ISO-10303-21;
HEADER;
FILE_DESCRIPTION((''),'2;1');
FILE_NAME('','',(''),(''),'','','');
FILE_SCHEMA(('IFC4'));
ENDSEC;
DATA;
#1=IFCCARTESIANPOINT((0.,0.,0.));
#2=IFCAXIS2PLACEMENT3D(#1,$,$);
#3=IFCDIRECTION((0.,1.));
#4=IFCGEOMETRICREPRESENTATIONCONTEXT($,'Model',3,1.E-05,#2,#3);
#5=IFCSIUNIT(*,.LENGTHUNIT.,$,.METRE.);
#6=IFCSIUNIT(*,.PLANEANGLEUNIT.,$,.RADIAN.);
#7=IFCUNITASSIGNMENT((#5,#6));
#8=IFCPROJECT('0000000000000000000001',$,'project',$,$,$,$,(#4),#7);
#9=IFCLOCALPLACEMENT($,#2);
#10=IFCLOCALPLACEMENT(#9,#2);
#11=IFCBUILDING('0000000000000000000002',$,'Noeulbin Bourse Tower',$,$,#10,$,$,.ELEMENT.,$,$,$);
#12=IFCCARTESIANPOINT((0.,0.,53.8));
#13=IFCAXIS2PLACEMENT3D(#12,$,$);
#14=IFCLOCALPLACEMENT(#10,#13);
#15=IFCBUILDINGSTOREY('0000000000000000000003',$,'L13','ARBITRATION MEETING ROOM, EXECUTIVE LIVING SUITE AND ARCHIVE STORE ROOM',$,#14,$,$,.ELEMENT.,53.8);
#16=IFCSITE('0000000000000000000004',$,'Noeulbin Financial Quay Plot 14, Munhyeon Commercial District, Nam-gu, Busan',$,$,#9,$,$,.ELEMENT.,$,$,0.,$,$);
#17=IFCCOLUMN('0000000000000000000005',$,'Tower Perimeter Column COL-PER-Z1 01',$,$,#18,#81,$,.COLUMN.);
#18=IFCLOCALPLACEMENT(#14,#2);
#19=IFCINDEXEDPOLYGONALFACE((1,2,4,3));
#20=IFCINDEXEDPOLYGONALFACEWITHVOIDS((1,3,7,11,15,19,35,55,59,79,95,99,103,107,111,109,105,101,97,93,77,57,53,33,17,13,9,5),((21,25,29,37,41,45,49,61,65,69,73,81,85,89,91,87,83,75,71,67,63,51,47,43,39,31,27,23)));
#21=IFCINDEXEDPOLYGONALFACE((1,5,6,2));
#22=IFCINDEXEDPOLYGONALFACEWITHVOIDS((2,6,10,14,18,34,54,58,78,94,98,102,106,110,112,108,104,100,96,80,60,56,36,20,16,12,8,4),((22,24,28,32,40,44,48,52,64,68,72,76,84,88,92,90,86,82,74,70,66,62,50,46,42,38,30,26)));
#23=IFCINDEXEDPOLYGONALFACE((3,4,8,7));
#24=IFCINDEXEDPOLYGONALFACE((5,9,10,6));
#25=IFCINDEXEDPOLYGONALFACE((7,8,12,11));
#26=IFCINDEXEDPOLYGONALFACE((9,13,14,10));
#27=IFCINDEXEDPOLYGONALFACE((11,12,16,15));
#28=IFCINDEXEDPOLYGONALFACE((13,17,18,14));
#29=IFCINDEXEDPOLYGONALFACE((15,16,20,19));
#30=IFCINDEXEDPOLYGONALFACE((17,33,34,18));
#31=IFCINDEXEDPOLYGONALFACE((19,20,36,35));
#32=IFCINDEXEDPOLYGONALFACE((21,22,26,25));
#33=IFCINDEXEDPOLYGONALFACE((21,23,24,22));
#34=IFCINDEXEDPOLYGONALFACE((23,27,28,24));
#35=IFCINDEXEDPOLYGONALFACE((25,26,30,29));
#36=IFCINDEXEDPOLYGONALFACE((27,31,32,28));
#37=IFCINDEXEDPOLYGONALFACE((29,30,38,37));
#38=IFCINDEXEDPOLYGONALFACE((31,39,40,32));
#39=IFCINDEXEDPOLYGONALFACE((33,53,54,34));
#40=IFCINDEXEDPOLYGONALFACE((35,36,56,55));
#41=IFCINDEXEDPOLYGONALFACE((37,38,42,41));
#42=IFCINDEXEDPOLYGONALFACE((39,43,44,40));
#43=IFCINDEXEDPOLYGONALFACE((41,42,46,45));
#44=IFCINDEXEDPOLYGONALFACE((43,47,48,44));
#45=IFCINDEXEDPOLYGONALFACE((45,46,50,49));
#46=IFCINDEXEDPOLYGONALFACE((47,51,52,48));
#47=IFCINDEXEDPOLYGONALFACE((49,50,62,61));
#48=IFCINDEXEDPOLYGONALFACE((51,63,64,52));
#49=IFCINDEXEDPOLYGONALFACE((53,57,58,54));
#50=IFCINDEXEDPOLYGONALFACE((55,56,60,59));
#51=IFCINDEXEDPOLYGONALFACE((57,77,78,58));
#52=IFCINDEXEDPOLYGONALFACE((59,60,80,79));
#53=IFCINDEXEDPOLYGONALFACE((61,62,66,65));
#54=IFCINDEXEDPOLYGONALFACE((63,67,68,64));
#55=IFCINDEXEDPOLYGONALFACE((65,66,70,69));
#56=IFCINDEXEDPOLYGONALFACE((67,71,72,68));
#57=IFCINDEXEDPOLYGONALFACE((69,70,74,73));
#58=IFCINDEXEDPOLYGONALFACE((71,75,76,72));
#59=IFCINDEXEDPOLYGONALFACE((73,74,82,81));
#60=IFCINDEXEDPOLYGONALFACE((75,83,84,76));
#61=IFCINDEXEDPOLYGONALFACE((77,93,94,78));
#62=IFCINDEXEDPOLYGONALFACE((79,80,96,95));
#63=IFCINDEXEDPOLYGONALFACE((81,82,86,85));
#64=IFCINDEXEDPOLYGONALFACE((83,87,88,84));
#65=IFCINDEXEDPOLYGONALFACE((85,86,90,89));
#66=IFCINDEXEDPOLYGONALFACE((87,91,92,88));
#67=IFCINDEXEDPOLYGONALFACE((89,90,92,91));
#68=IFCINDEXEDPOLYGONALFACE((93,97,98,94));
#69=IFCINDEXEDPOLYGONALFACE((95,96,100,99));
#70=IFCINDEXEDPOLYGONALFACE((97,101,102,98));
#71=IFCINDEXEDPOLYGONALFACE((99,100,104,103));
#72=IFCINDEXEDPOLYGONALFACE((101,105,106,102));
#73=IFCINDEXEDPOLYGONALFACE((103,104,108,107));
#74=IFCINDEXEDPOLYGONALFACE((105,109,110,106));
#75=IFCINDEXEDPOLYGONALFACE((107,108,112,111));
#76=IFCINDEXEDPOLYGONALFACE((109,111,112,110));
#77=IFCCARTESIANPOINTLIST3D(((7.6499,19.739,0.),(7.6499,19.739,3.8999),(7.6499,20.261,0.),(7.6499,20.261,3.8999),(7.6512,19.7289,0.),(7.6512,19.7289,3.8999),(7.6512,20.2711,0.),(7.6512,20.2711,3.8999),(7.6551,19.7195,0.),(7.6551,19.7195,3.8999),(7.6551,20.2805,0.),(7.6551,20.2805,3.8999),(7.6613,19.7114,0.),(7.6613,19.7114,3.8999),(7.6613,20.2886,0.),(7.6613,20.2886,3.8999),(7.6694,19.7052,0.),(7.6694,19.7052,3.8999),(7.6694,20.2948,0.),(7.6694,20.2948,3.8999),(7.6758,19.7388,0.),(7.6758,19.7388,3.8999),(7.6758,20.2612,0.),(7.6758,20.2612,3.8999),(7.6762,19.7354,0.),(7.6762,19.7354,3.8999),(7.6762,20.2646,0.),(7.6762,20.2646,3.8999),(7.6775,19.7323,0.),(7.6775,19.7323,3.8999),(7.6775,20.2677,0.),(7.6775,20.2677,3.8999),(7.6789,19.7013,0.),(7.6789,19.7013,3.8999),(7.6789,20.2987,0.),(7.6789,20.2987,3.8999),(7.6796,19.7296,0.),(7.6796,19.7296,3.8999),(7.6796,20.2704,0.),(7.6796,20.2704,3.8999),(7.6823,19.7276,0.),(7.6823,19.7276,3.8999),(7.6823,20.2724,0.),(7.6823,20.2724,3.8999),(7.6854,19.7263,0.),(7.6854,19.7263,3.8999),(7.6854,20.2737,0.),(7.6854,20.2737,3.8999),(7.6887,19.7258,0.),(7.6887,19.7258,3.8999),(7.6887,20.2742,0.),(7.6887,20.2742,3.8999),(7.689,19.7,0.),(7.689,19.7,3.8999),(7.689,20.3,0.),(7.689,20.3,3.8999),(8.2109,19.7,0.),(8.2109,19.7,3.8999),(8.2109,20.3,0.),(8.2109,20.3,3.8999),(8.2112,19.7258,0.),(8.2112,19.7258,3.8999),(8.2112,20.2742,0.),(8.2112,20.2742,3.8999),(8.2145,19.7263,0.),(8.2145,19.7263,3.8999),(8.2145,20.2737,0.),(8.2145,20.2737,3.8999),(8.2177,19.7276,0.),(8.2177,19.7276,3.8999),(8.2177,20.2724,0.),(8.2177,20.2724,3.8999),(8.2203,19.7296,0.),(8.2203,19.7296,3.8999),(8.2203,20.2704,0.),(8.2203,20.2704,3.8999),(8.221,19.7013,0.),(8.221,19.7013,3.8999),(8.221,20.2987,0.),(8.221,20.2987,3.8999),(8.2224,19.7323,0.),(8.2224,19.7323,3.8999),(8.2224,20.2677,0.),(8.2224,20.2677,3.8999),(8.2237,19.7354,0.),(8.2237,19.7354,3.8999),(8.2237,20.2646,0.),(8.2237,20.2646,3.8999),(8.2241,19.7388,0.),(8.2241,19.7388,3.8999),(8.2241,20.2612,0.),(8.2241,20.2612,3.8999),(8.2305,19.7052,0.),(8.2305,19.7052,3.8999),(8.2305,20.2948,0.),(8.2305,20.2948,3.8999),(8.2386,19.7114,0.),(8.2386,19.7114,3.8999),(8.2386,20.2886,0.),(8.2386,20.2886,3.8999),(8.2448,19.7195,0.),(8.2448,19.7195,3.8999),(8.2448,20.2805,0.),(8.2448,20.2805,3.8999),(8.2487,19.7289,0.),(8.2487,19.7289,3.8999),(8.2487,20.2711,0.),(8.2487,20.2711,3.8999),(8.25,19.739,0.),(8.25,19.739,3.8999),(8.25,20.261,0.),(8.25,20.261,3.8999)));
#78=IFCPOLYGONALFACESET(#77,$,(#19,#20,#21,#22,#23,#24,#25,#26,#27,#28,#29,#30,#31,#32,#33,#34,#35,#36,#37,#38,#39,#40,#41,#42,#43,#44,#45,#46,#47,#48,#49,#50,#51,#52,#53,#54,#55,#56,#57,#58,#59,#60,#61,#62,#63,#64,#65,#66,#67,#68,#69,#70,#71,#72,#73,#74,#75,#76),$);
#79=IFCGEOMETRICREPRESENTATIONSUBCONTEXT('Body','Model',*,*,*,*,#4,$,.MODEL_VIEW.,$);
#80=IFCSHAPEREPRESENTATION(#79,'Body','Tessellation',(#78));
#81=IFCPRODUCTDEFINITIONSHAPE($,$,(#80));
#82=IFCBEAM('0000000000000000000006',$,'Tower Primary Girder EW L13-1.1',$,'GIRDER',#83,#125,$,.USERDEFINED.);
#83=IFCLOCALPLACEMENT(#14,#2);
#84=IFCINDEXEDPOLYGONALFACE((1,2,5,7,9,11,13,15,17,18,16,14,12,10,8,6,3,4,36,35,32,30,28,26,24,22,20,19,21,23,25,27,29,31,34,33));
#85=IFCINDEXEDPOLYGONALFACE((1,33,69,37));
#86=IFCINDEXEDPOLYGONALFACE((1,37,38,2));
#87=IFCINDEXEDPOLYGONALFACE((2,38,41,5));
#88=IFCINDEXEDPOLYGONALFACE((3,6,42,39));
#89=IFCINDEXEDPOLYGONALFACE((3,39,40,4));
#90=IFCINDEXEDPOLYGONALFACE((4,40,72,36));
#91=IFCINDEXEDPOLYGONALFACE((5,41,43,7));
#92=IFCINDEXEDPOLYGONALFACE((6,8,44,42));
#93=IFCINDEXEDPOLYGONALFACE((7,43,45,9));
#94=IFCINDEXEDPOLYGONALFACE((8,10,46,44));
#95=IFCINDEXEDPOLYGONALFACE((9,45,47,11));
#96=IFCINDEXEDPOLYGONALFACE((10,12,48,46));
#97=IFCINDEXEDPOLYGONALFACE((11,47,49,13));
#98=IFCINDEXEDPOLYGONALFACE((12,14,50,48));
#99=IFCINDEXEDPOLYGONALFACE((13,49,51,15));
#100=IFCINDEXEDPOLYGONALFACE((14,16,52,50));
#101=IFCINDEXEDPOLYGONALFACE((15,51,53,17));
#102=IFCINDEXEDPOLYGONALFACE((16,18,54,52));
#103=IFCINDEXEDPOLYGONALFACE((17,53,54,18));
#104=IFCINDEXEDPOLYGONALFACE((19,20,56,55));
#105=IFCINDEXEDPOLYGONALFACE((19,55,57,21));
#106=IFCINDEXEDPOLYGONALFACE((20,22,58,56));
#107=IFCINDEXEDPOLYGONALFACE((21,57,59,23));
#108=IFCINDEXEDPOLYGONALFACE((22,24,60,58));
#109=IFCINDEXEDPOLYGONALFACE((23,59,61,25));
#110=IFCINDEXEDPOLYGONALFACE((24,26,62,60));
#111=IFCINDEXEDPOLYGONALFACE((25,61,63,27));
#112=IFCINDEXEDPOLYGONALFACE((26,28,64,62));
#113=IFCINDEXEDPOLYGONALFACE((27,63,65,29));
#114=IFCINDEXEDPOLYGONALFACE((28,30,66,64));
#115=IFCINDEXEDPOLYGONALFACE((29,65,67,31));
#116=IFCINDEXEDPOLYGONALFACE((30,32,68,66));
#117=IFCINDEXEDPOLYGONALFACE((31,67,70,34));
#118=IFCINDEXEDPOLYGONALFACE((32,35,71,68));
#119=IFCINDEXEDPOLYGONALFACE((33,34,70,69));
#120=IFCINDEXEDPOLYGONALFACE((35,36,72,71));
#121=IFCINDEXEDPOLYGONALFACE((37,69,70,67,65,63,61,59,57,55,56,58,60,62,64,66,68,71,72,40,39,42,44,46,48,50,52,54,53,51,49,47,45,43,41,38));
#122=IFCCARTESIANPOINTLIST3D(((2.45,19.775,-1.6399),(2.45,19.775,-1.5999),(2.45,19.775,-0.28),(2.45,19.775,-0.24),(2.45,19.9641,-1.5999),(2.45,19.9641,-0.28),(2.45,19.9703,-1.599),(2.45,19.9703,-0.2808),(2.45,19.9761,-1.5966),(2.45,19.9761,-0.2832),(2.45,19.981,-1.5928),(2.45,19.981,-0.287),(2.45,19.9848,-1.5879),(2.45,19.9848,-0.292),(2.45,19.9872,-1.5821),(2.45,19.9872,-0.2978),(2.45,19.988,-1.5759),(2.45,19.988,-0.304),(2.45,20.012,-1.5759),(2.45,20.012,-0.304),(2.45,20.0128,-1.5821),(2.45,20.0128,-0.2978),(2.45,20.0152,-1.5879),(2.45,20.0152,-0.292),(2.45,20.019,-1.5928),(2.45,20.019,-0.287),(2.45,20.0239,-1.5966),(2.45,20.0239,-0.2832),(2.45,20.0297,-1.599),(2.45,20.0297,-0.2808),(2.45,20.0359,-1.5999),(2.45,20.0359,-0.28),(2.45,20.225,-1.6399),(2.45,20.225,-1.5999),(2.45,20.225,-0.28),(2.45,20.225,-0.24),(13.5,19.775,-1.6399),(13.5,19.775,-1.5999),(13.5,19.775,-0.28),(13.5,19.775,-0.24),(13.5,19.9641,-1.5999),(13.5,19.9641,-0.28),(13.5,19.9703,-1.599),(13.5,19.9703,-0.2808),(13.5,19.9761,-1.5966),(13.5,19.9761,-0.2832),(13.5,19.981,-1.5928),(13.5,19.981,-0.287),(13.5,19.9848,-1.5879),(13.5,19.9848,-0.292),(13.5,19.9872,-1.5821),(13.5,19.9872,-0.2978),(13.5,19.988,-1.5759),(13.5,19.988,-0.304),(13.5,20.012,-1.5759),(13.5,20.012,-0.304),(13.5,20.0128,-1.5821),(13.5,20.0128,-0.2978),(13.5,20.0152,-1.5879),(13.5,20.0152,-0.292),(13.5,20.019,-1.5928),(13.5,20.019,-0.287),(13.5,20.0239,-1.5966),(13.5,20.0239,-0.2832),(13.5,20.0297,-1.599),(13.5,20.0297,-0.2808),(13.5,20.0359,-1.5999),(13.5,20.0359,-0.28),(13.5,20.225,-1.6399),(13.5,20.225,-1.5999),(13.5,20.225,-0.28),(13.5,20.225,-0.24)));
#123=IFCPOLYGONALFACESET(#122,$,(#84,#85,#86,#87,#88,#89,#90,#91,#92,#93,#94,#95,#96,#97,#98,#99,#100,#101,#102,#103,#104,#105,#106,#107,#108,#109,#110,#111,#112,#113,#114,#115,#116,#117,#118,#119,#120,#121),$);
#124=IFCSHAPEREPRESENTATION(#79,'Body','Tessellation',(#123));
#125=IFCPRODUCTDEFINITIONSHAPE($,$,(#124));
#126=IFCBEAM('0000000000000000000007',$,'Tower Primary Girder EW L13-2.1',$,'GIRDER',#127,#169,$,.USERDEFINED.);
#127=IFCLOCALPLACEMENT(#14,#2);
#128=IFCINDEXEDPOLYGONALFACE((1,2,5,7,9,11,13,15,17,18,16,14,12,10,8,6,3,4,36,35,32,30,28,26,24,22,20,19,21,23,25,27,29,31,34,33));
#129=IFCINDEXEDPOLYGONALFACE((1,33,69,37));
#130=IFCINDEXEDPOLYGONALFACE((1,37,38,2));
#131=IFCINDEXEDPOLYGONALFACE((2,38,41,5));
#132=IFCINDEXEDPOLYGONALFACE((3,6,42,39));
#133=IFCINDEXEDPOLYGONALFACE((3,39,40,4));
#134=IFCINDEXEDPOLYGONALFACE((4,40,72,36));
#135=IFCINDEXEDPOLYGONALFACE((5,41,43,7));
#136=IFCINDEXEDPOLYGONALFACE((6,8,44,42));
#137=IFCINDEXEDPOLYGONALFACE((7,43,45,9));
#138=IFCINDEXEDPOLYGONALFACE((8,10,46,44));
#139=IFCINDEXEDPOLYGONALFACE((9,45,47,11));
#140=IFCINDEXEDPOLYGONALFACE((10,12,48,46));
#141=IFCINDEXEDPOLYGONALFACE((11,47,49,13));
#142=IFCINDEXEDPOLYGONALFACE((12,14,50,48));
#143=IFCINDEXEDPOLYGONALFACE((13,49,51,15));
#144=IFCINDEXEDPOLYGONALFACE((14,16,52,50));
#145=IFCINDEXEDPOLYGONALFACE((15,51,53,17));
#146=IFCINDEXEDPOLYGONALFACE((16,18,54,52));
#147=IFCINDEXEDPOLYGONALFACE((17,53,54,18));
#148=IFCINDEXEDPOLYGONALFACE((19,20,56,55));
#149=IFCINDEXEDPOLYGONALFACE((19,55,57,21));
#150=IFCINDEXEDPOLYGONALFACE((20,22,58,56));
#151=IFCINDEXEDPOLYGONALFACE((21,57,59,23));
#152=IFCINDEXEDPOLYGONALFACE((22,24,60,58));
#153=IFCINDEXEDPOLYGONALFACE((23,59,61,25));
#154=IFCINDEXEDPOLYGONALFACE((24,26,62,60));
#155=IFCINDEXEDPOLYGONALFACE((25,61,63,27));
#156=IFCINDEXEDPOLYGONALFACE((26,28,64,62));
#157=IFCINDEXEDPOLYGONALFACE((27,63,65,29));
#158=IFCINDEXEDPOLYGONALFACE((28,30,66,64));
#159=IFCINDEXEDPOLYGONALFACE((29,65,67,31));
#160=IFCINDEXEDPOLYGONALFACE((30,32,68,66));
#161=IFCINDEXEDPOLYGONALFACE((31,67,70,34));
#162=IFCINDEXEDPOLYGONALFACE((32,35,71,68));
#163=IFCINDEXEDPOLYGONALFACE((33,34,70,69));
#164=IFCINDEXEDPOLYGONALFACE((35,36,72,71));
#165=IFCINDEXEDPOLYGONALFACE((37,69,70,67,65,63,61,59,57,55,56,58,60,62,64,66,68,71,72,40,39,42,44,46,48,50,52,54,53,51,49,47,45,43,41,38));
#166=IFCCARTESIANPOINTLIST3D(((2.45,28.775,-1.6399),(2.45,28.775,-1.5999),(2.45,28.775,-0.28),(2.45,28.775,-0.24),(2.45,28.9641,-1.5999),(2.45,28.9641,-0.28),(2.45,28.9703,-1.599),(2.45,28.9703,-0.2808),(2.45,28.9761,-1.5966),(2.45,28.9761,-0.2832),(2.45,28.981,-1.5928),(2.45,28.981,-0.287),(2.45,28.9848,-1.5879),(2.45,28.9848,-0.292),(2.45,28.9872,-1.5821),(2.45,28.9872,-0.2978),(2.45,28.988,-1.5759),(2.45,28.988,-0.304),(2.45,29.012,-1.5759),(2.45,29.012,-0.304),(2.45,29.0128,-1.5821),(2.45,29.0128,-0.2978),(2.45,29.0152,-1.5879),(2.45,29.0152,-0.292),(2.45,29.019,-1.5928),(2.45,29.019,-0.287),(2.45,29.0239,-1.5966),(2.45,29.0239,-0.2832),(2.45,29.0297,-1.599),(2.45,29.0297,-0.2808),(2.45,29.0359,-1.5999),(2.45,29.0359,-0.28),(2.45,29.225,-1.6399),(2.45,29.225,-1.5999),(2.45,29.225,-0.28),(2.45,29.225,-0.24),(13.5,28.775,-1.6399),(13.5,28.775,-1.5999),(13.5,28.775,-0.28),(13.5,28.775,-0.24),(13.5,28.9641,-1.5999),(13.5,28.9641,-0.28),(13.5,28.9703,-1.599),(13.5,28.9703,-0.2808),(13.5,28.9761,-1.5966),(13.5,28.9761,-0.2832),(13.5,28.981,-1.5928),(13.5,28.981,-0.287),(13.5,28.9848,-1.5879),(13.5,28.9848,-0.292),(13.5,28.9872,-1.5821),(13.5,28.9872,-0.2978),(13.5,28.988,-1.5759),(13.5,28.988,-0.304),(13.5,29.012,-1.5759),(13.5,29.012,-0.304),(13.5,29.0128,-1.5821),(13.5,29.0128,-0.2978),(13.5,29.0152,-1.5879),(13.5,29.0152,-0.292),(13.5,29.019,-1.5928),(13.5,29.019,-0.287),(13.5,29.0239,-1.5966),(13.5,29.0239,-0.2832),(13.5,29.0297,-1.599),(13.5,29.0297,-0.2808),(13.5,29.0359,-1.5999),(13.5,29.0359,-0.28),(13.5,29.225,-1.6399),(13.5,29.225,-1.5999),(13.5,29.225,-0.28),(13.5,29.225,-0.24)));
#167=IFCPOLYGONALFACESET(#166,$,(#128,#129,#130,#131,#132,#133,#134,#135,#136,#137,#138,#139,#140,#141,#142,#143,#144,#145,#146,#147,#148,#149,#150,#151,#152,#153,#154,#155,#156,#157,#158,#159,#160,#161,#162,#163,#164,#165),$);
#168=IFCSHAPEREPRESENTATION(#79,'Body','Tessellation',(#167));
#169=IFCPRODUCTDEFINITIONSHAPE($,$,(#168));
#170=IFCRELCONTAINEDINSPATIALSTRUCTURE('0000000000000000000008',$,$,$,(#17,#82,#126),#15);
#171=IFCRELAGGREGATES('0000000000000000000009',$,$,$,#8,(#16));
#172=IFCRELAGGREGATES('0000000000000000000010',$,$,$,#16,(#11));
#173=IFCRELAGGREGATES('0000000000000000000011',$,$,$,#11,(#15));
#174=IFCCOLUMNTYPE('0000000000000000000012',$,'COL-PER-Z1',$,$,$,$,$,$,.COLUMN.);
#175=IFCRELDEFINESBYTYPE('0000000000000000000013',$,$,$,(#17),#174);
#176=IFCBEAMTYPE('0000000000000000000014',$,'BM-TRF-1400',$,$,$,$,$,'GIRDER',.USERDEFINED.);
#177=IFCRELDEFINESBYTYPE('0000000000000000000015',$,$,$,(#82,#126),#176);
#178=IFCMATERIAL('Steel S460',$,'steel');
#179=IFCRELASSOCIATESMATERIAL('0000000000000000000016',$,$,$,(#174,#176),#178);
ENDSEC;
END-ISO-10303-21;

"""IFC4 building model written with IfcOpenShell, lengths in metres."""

from ifc_helpers import new_model, si_unit, direction, frame, origin, origin_2d, place, context, subcontext, project, spatial, hollow_rectangle, i_section, extrude, material, material_profile, profile_set, type_object, element, save


model = new_model("IFC4")

# Units and contexts
model_context = context("Model", 3, precision=1e-05, world=origin(), true_north=direction((0.0, 1.0)))
body_context = subcontext(model_context, "Body", "Model", "MODEL_VIEW")
ifc_project = project(units=[si_unit("LENGTHUNIT", "METRE"), si_unit("PLANEANGLEUNIT", "RADIAN")], contexts=[model_context])

# Site, building, storey
site_placement = place(None, origin())
site = spatial("IfcSite", under=ifc_project, at=site_placement, Name="Noeulbin Financial Quay Plot 14, Munhyeon Commercial District, Nam-gu, Busan", CompositionType="ELEMENT", RefElevation=0.0)
building_placement = place(site_placement, origin())
building = spatial("IfcBuilding", under=site, at=building_placement, Name="Noeulbin Bourse Tower", CompositionType="ELEMENT")
storey_placement = place(building_placement, frame((0.0, 0.0, 53.8)))
storey = spatial("IfcBuildingStorey", under=building, at=storey_placement, Name="L13", Description="ARBITRATION MEETING ROOM, EXECUTIVE LIVING SUITE AND ARCHIVE STORE ROOM", CompositionType="ELEMENT", Elevation=53.8)

# Column
ifc_material_1 = material(Name="Steel S460", Category="steel")
ifc_material_profile_1 = material_profile(ifc_material_1, hollow_rectangle(XDim=0.6001, YDim=0.6001, WallThickness=0.0259, InnerFilletRadius=0.0129, OuterFilletRadius=0.0391, at=origin_2d()), Name="BOX-600x600x26", Category="LoadBearing")
ifc_profile_set_1 = profile_set([ifc_material_profile_1], Name="Steel S460")
column_type = type_object("IfcColumnType", Name="COL-PER-Z1", PredefinedType="COLUMN", material=ifc_profile_set_1)
column_placement = place(storey_placement, frame((7.95, 20.0, 0.0), z_axis=(0.0, 0.0, 1.0), x_axis=(1.0, 0.0, 0.0)))
element("IfcColumn", 1, at=column_placement, inside=storey, type_object=column_type, Name="Tower Perimeter Column COL-PER-Z1 01", PredefinedType="COLUMN", context=body_context, shape_type="SweptSolid", body=[
    extrude(hollow_rectangle(XDim=0.6001, YDim=0.6001, WallThickness=0.0259, InnerFilletRadius=0.0129, OuterFilletRadius=0.0391, at=origin_2d()), origin(), (0.0, 0.0, 1.0), 3.8999),
])

# Beams
ifc_material_profile_2 = material_profile(ifc_material_1, i_section(OverallWidth=0.45, OverallDepth=1.3999, WebThickness=0.0239, FlangeThickness=0.04, FilletRadius=0.0239, at=origin_2d()), Name="PG-1400x450x24x40", Category="LoadBearing")
ifc_profile_set_2 = profile_set([ifc_material_profile_2], Name="Steel S460")
beam_type = type_object("IfcBeamType", Name="BM-TRF-1400", ElementType="GIRDER", PredefinedType="USERDEFINED", material=ifc_profile_set_2)
for number, where, z_axis, x_axis, name in (
    (2, (2.45, 20.0, -0.9399), (1.0, 0.0, 0.0), (0.0, 1.0, 0.0), "Tower Primary Girder EW L13-1.1"),
    (3, (2.45, 29.0, -0.9399), (1.0, 0.0, 0.0), (0.0, 1.0, 0.0), "Tower Primary Girder EW L13-2.1"),
):
    element("IfcBeam", number, at=place(storey_placement, frame(where, z_axis=z_axis, x_axis=x_axis)), inside=storey, type_object=beam_type, Name=name, ObjectType="GIRDER", PredefinedType="USERDEFINED", context=body_context, shape_type="SweptSolid", body=[
        extrude(i_section(OverallWidth=0.45, OverallDepth=1.3999, WebThickness=0.0239, FlangeThickness=0.04, FilletRadius=0.0239, at=origin_2d()), origin(), (0.0, 0.0, 1.0), 11.05),
    ])

save(model, "model.ifc")
